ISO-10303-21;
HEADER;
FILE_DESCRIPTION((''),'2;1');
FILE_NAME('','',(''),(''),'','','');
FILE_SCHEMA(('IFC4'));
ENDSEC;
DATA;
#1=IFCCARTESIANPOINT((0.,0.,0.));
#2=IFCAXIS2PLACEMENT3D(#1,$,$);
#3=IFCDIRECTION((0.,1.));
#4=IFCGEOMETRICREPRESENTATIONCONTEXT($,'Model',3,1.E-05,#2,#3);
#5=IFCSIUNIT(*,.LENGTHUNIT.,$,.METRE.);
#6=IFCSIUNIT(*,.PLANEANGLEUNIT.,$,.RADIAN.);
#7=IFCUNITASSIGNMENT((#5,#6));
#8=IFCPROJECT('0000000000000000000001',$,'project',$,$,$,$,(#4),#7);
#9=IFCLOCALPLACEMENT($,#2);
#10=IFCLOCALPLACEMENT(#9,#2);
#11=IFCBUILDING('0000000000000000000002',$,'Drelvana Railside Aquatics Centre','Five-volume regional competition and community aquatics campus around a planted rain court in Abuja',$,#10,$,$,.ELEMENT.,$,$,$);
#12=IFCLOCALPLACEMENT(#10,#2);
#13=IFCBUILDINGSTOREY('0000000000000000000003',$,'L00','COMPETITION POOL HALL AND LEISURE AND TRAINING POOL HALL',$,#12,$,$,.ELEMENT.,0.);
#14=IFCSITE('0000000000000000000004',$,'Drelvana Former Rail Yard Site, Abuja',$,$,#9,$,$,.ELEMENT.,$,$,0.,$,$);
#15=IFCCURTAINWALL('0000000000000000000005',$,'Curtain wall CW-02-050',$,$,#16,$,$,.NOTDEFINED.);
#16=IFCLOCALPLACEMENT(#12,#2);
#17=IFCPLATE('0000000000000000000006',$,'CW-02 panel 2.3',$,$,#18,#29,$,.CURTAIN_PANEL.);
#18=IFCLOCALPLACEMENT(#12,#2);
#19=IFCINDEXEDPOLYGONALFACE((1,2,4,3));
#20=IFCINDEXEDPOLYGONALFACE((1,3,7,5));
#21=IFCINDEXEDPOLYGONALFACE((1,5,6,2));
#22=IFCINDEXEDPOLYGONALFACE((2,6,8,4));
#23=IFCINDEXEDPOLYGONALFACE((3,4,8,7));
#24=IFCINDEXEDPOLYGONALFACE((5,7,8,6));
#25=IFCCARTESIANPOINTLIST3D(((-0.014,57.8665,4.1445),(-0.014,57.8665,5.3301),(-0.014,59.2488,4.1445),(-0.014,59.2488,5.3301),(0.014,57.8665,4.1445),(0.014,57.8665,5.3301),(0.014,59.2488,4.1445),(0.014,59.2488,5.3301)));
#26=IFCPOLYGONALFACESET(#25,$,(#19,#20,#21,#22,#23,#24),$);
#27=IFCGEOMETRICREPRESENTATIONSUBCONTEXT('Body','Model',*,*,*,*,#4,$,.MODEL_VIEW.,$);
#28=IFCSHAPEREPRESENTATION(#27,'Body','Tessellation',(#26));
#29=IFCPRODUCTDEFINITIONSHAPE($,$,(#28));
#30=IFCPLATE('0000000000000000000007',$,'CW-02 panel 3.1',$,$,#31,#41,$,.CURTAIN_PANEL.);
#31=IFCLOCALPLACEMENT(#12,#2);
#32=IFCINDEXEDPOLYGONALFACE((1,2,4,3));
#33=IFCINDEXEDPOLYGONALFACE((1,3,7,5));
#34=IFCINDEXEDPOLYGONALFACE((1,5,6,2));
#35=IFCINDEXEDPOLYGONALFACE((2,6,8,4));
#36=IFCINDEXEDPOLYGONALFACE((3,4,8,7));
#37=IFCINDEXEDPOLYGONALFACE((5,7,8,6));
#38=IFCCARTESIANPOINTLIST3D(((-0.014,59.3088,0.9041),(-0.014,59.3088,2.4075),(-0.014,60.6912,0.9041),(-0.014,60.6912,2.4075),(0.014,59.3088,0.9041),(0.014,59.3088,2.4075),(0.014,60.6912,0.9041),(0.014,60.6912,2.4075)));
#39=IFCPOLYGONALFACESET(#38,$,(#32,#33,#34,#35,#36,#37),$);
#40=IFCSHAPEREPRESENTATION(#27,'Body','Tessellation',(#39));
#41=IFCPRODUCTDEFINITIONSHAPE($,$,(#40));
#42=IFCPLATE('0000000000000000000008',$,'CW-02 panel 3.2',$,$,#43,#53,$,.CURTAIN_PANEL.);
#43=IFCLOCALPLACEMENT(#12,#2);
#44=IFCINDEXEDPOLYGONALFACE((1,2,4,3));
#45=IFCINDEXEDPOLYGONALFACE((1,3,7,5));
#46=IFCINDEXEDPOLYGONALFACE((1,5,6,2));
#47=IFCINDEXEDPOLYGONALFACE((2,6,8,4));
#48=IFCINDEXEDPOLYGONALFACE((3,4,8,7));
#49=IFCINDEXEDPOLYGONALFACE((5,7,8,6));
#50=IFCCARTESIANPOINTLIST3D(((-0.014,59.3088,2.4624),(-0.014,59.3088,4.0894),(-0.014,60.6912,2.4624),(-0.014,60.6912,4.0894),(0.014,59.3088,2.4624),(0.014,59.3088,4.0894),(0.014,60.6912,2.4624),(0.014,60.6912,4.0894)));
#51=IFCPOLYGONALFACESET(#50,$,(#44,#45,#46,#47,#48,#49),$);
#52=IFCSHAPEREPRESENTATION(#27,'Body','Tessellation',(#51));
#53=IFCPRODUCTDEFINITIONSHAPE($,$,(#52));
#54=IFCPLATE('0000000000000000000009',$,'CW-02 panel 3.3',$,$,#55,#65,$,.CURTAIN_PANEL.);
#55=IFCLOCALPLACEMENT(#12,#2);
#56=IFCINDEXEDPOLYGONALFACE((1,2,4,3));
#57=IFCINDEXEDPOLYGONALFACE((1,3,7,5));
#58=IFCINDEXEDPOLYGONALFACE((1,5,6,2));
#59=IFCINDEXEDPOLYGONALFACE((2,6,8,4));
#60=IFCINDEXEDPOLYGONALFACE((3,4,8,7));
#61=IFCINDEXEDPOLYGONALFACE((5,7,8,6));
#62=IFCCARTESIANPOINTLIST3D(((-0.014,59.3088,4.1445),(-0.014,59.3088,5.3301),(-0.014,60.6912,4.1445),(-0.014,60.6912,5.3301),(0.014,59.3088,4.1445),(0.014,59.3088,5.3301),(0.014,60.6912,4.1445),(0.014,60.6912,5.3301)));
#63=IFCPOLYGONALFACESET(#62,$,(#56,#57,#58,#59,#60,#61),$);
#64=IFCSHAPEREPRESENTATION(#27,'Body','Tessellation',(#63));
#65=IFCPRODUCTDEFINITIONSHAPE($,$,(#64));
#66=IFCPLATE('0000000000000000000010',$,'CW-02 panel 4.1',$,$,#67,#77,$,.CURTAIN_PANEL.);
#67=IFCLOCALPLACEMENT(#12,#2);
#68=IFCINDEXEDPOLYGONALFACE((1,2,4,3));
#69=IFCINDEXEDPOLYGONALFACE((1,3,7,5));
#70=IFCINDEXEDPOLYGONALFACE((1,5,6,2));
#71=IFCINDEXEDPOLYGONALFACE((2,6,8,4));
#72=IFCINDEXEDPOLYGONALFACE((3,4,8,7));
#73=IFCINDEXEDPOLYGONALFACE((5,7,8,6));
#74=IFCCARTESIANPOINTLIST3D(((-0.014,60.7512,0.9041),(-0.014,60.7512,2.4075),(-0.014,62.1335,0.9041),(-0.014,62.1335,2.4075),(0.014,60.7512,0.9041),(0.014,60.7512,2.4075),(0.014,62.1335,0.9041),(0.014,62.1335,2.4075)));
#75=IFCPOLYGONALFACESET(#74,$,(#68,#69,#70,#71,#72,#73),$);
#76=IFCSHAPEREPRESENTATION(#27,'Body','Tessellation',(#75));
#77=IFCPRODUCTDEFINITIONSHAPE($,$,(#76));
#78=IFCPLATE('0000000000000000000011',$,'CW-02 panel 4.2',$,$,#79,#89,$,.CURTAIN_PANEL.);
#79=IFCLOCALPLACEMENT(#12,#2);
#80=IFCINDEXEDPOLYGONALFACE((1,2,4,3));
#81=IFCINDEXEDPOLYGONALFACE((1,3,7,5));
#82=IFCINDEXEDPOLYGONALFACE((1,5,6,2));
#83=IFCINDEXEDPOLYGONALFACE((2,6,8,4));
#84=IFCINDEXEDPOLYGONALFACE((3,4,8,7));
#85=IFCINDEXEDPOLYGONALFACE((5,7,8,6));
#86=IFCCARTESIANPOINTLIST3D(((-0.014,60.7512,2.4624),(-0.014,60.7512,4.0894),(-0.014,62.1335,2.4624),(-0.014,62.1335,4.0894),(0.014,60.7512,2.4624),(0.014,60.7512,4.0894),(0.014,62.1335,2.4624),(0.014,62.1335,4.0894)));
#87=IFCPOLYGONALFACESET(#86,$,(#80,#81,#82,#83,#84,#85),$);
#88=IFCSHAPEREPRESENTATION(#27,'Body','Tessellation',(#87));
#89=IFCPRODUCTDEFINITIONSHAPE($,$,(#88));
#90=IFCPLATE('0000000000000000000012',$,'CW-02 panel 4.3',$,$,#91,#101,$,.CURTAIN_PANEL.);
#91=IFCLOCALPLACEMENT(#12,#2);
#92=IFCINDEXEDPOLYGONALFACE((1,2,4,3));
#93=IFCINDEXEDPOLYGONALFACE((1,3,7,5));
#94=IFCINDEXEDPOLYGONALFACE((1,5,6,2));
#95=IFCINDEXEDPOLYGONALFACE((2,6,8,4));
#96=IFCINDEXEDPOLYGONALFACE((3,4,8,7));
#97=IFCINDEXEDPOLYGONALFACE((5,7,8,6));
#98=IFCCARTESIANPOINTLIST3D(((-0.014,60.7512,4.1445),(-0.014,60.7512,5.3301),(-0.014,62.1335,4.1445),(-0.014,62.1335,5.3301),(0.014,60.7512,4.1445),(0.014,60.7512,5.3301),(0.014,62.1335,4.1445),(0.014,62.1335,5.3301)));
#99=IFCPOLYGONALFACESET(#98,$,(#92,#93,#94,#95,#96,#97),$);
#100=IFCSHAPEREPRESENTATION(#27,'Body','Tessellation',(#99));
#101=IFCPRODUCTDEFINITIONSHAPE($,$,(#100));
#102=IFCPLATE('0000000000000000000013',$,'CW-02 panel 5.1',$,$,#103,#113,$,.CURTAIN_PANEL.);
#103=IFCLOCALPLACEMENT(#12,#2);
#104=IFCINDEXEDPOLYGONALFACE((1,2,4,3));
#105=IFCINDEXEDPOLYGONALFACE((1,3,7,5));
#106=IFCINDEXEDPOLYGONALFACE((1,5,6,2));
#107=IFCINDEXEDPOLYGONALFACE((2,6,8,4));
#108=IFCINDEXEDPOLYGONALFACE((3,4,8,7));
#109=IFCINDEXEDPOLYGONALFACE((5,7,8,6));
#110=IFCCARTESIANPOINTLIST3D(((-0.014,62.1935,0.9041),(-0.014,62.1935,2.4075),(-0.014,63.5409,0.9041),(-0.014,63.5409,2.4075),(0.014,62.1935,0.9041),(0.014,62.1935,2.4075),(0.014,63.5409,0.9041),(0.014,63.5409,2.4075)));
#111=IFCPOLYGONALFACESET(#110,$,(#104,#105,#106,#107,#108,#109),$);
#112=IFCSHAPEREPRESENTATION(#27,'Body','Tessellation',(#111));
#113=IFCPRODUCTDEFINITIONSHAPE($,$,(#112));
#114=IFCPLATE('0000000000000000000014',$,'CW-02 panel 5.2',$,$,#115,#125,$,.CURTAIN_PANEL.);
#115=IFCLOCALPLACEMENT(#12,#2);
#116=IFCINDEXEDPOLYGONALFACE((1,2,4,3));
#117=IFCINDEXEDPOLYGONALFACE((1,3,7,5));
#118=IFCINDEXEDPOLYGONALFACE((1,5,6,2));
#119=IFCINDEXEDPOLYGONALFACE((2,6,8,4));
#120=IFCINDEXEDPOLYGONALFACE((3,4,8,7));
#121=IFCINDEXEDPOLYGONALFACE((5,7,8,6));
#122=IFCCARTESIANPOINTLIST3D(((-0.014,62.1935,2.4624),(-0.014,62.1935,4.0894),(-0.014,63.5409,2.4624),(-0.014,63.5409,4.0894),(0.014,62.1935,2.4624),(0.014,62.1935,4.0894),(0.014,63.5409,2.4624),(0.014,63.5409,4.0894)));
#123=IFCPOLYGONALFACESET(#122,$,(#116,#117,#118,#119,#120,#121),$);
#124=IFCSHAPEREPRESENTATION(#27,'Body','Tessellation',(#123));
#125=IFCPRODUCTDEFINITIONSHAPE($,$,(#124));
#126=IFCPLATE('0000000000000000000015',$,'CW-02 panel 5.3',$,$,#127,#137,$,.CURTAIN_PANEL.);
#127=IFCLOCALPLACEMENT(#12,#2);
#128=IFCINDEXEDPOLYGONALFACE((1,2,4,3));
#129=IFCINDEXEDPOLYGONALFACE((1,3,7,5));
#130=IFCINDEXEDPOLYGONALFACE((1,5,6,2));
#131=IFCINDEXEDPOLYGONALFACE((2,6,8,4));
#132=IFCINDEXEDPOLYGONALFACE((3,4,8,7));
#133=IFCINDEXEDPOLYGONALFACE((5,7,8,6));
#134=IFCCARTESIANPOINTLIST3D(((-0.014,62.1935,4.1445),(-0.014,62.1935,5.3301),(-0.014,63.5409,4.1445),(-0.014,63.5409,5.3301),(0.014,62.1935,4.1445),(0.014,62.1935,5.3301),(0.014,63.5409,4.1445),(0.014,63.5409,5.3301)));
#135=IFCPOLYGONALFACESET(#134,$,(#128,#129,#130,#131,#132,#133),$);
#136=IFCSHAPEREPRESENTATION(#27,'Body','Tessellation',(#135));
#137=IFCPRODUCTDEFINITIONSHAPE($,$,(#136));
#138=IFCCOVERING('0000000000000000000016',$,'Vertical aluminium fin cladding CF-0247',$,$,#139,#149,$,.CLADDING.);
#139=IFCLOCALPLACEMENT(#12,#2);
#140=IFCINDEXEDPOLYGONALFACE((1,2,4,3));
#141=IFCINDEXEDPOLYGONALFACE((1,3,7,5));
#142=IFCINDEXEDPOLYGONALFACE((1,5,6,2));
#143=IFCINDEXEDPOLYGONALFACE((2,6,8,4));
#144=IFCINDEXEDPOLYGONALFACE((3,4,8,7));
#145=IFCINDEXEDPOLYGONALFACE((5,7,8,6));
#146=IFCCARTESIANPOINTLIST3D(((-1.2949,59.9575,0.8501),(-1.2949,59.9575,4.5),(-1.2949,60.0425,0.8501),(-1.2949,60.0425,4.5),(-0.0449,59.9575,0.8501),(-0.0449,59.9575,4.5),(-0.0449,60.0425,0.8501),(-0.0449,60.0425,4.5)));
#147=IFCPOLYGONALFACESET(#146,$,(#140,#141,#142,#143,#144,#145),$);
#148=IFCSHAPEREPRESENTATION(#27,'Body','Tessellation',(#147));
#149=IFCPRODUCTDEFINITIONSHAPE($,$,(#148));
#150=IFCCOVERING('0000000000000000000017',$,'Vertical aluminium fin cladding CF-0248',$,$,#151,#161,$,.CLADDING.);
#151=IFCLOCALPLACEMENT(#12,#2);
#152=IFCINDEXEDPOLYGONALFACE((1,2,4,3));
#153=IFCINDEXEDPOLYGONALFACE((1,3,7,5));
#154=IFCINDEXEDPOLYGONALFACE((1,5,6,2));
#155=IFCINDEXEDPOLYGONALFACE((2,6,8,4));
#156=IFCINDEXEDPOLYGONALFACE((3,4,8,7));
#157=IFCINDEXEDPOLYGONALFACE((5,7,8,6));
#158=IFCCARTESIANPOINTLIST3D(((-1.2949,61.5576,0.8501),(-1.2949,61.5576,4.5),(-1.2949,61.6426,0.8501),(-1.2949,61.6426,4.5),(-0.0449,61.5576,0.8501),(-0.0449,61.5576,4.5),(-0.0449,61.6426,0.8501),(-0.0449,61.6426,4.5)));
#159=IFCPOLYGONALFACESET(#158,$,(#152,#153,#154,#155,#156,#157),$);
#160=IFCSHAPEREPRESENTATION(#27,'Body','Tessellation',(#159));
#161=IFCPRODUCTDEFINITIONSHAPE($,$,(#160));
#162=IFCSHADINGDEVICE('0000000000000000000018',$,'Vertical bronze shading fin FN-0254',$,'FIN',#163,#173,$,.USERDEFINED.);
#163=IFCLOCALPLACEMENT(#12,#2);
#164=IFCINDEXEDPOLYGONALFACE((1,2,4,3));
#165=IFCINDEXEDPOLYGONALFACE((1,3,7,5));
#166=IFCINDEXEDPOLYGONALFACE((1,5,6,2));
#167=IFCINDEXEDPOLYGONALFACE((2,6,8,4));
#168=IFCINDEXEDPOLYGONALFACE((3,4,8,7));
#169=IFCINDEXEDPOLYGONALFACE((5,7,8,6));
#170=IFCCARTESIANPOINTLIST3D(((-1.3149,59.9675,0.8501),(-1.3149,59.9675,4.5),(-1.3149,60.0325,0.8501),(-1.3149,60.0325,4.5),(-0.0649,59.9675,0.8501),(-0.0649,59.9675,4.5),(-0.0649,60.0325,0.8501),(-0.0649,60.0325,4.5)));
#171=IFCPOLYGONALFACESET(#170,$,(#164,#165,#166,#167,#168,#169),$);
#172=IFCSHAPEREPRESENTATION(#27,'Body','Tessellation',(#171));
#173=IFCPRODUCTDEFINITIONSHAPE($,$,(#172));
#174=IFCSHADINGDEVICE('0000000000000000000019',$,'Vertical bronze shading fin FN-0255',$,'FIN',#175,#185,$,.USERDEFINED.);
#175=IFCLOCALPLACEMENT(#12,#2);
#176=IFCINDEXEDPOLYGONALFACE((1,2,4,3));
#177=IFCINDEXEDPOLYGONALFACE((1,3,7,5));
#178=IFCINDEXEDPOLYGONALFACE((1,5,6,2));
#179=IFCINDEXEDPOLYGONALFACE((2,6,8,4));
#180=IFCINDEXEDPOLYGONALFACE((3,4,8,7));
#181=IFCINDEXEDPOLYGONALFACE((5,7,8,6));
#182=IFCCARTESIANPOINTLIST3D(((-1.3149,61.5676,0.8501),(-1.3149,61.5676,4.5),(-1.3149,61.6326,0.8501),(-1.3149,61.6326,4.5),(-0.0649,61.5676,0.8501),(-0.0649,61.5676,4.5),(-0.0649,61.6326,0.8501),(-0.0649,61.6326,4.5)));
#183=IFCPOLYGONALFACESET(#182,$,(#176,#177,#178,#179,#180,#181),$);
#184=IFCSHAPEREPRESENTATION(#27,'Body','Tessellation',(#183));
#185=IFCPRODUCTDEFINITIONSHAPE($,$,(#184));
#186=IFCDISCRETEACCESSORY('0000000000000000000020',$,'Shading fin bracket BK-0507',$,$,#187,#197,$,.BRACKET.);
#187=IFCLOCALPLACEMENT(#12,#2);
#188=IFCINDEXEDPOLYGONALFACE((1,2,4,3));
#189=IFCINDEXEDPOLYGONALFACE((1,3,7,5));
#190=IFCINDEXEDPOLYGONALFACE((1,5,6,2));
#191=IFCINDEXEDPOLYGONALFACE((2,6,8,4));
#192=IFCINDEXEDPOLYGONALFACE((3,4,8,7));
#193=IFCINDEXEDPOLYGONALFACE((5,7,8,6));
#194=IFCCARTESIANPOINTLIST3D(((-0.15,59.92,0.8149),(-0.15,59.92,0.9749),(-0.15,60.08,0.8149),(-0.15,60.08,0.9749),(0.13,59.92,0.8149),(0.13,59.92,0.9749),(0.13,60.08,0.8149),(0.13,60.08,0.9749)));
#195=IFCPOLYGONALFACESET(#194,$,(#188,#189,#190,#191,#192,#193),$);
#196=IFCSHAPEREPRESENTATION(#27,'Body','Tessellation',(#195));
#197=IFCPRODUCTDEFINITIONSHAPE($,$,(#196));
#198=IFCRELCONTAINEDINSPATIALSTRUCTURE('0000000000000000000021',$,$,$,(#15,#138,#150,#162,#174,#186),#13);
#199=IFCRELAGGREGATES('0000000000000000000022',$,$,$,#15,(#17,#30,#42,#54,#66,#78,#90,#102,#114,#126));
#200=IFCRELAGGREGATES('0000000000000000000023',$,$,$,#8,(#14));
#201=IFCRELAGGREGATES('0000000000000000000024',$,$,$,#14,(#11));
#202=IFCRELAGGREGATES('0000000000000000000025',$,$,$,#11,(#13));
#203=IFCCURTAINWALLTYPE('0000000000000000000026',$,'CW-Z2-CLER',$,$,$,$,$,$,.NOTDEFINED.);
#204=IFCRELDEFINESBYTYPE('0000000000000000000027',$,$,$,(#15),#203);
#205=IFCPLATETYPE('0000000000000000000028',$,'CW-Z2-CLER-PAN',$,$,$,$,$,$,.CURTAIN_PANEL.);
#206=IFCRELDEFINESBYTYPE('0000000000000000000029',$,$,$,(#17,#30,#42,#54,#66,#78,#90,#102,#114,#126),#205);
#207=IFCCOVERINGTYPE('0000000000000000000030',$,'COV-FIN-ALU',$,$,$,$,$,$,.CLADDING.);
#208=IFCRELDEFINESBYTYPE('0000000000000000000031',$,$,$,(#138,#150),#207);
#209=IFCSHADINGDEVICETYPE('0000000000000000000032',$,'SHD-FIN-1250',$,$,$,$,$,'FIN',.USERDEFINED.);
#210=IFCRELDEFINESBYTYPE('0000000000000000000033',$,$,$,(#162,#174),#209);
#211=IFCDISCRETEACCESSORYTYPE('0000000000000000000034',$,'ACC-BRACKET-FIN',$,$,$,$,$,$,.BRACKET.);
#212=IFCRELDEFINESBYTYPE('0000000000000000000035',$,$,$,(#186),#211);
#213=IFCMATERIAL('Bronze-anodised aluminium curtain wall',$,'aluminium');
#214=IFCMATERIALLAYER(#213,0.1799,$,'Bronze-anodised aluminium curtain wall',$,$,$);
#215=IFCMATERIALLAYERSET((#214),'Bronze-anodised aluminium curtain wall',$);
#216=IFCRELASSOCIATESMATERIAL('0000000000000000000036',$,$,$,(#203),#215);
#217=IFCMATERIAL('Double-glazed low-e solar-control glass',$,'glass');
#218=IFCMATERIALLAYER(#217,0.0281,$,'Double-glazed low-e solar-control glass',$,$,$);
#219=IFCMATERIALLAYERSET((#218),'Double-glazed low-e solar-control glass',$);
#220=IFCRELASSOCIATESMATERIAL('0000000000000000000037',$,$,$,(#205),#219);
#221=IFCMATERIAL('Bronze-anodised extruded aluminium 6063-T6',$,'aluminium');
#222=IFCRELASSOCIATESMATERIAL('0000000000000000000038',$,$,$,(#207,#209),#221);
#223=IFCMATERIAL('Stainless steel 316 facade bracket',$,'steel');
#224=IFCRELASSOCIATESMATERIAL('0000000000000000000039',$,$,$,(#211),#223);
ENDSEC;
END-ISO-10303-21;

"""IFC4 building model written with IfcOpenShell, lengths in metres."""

from ifc_helpers import new_model, si_unit, direction, frame, origin, origin_2d, place, context, subcontext, project, spatial, rectangle, extrude, material, layer, layer_set, type_object, element, aggregate, save


model = new_model("IFC4")

# Units and contexts
model_context = context("Model", 3, precision=1e-05, world=origin(), true_north=direction((0.0, 1.0)))
body_context = subcontext(model_context, "Body", "Model", "MODEL_VIEW")
ifc_project = project(units=[si_unit("LENGTHUNIT", "METRE"), si_unit("PLANEANGLEUNIT", "RADIAN")], contexts=[model_context])

# Site, building, storey
site_placement = place(None, origin())
site = spatial("IfcSite", under=ifc_project, at=site_placement, Name="Drelvana Former Rail Yard Site, Abuja", CompositionType="ELEMENT", RefElevation=0.0)
building_placement = place(site_placement, origin())
building = spatial("IfcBuilding", under=site, at=building_placement, Name="Drelvana Railside Aquatics Centre", Description="Five-volume regional competition and community aquatics campus around a planted rain court in Abuja", CompositionType="ELEMENT")
storey_placement = place(building_placement, origin())
storey = spatial("IfcBuildingStorey", under=building, at=storey_placement, Name="L00", Description="COMPETITION POOL HALL AND LEISURE AND TRAINING POOL HALL", CompositionType="ELEMENT", Elevation=0.0)

# Curtain wall, plates
ifc_material_1 = material(Name="Bronze-anodised aluminium curtain wall", Category="aluminium")
ifc_layer_1 = layer(ifc_material_1, 0.1799, Name="Bronze-anodised aluminium curtain wall")
ifc_layer_set_1 = layer_set([ifc_layer_1], Name="Bronze-anodised aluminium curtain wall")
curtain_wall_type = type_object("IfcCurtainWallType", Name="CW-Z2-CLER", PredefinedType="NOTDEFINED", material=ifc_layer_set_1)
curtain_wall_placement = place(storey_placement, origin())
curtain_wall = element("IfcCurtainWall", 1, at=curtain_wall_placement, inside=storey, type_object=curtain_wall_type, Name="Curtain wall CW-02-050", PredefinedType="NOTDEFINED")
ifc_material_2 = material(Name="Double-glazed low-e solar-control glass", Category="glass")
ifc_layer_2 = layer(ifc_material_2, 0.0281, Name="Double-glazed low-e solar-control glass")
ifc_layer_set_2 = layer_set([ifc_layer_2], Name="Double-glazed low-e solar-control glass")
plate_type = type_object("IfcPlateType", Name="CW-Z2-CLER-PAN", PredefinedType="CURTAIN_PANEL", material=ifc_layer_set_2)
plate_1_placement = place(storey_placement, frame((0.0, 58.5576, 4.1445), z_axis=(0.0, 0.0, 1.0), x_axis=(0.0, 1.0, 0.0)))
plate_1 = element("IfcPlate", 2, at=plate_1_placement, type_object=plate_type, Name="CW-02 panel 2.3", PredefinedType="CURTAIN_PANEL", context=body_context, shape_type="SweptSolid", body=[
    extrude(rectangle(XDim=1.3823, YDim=0.0281, at=origin_2d()), origin(), (0.0, 0.0, 1.0), 1.1855),
])
plate_2_placement = place(storey_placement, frame((0.0, 60.0, 0.9041), z_axis=(0.0, 0.0, 1.0), x_axis=(0.0, 1.0, 0.0)))
plate_2 = element("IfcPlate", 3, at=plate_2_placement, type_object=plate_type, Name="CW-02 panel 3.1", PredefinedType="CURTAIN_PANEL", context=body_context, shape_type="SweptSolid", body=[
    extrude(rectangle(XDim=1.3823, YDim=0.0281, at=origin_2d()), origin(), (0.0, 0.0, 1.0), 1.5034),
])
plate_3_placement = place(storey_placement, frame((0.0, 60.0, 2.4624), z_axis=(0.0, 0.0, 1.0), x_axis=(0.0, 1.0, 0.0)))
plate_3 = element("IfcPlate", 4, at=plate_3_placement, type_object=plate_type, Name="CW-02 panel 3.2", PredefinedType="CURTAIN_PANEL", context=body_context, shape_type="SweptSolid", body=[
    extrude(rectangle(XDim=1.3823, YDim=0.0281, at=origin_2d()), origin(), (0.0, 0.0, 1.0), 1.627),
])
plate_4_placement = place(storey_placement, frame((0.0, 60.0, 4.1445), z_axis=(0.0, 0.0, 1.0), x_axis=(0.0, 1.0, 0.0)))
plate_4 = element("IfcPlate", 5, at=plate_4_placement, type_object=plate_type, Name="CW-02 panel 3.3", PredefinedType="CURTAIN_PANEL", context=body_context, shape_type="SweptSolid", body=[
    extrude(rectangle(XDim=1.3823, YDim=0.0281, at=origin_2d()), origin(), (0.0, 0.0, 1.0), 1.1855),
])
plate_5_placement = place(storey_placement, frame((0.0, 61.4424, 0.9041), z_axis=(0.0, 0.0, 1.0), x_axis=(0.0, 1.0, 0.0)))
plate_5 = element("IfcPlate", 6, at=plate_5_placement, type_object=plate_type, Name="CW-02 panel 4.1", PredefinedType="CURTAIN_PANEL", context=body_context, shape_type="SweptSolid", body=[
    extrude(rectangle(XDim=1.3823, YDim=0.0281, at=origin_2d()), origin(), (0.0, 0.0, 1.0), 1.5034),
])
plate_6_placement = place(storey_placement, frame((0.0, 61.4424, 2.4624), z_axis=(0.0, 0.0, 1.0), x_axis=(0.0, 1.0, 0.0)))
plate_6 = element("IfcPlate", 7, at=plate_6_placement, type_object=plate_type, Name="CW-02 panel 4.2", PredefinedType="CURTAIN_PANEL", context=body_context, shape_type="SweptSolid", body=[
    extrude(rectangle(XDim=1.3823, YDim=0.0281, at=origin_2d()), origin(), (0.0, 0.0, 1.0), 1.627),
])
plate_7_placement = place(storey_placement, frame((0.0, 61.4424, 4.1445), z_axis=(0.0, 0.0, 1.0), x_axis=(0.0, 1.0, 0.0)))
plate_7 = element("IfcPlate", 8, at=plate_7_placement, type_object=plate_type, Name="CW-02 panel 4.3", PredefinedType="CURTAIN_PANEL", context=body_context, shape_type="SweptSolid", body=[
    extrude(rectangle(XDim=1.3823, YDim=0.0281, at=origin_2d()), origin(), (0.0, 0.0, 1.0), 1.1855),
])
plate_8_placement = place(storey_placement, frame((0.0, 62.8672, 0.9041), z_axis=(0.0, 0.0, 1.0), x_axis=(0.0, 1.0, 0.0)))
plate_8 = element("IfcPlate", 9, at=plate_8_placement, type_object=plate_type, Name="CW-02 panel 5.1", PredefinedType="CURTAIN_PANEL", context=body_context, shape_type="SweptSolid", body=[
    extrude(rectangle(XDim=1.3474, YDim=0.0281, at=origin_2d()), origin(), (0.0, 0.0, 1.0), 1.5034),
])
plate_9_placement = place(storey_placement, frame((0.0, 62.8672, 2.4624), z_axis=(0.0, 0.0, 1.0), x_axis=(0.0, 1.0, 0.0)))
plate_9 = element("IfcPlate", 10, at=plate_9_placement, type_object=plate_type, Name="CW-02 panel 5.2", PredefinedType="CURTAIN_PANEL", context=body_context, shape_type="SweptSolid", body=[
    extrude(rectangle(XDim=1.3474, YDim=0.0281, at=origin_2d()), origin(), (0.0, 0.0, 1.0), 1.627),
])
plate_10_placement = place(storey_placement, frame((0.0, 62.8672, 4.1445), z_axis=(0.0, 0.0, 1.0), x_axis=(0.0, 1.0, 0.0)))
plate_10 = element("IfcPlate", 11, at=plate_10_placement, type_object=plate_type, Name="CW-02 panel 5.3", PredefinedType="CURTAIN_PANEL", context=body_context, shape_type="SweptSolid", body=[
    extrude(rectangle(XDim=1.3474, YDim=0.0281, at=origin_2d()), origin(), (0.0, 0.0, 1.0), 1.1855),
])
aggregate(curtain_wall, [plate_1, plate_2, plate_3, plate_4, plate_5, plate_6, plate_7, plate_8, plate_9, plate_10])

# Coverings
ifc_material_3 = material(Name="Bronze-anodised extruded aluminium 6063-T6", Category="aluminium")
covering_type = type_object("IfcCoveringType", Name="COV-FIN-ALU", PredefinedType="CLADDING", material=ifc_material_3)
for number, where, z_axis, x_axis, name in (
    (12, (-0.6699, 60.0, 0.8501), (0.0, 0.0, 1.0), (0.0, 1.0, 0.0), "Vertical aluminium fin cladding CF-0247"),
    (13, (-0.6699, 61.6001, 0.8501), (0.0, 0.0, 1.0), (0.0, 1.0, 0.0), "Vertical aluminium fin cladding CF-0248"),
):
    element("IfcCovering", number, at=place(storey_placement, frame(where, z_axis=z_axis, x_axis=x_axis)), inside=storey, type_object=covering_type, Name=name, PredefinedType="CLADDING", context=body_context, shape_type="SweptSolid", body=[
        extrude(rectangle(XDim=0.085, YDim=1.25, at=origin_2d()), origin(), (0.0, 0.0, 1.0), 3.6499),
    ])

# Shading devices
shading_device_type = type_object("IfcShadingDeviceType", Name="SHD-FIN-1250", ElementType="FIN", PredefinedType="USERDEFINED", material=ifc_material_3)
for number, where, z_axis, x_axis, name in (
    (14, (-0.6899, 60.0, 0.8501), (0.0, 0.0, 1.0), (-1.0, 0.0, 0.0), "Vertical bronze shading fin FN-0254"),
    (15, (-0.6899, 61.6001, 0.8501), (0.0, 0.0, 1.0), (-1.0, 0.0, 0.0), "Vertical bronze shading fin FN-0255"),
):
    element("IfcShadingDevice", number, at=place(storey_placement, frame(where, z_axis=z_axis, x_axis=x_axis)), inside=storey, type_object=shading_device_type, Name=name, ObjectType="FIN", PredefinedType="USERDEFINED", context=body_context, shape_type="SweptSolid", body=[
        extrude(rectangle(XDim=1.25, YDim=0.0649, at=origin_2d()), origin(), (0.0, 0.0, 1.0), 3.6499),
    ])

# Discrete accessory
ifc_material_4 = material(Name="Stainless steel 316 facade bracket", Category="steel")
discrete_accessory_type = type_object("IfcDiscreteAccessoryType", Name="ACC-BRACKET-FIN", PredefinedType="BRACKET", material=ifc_material_4)
for number, where, z_axis, x_axis, name in (
    (16, (-0.01, 60.0, 0.8149), (0.0, 0.0, 1.0), (-1.0, 0.0, 0.0), "Shading fin bracket BK-0507"),
):
    element("IfcDiscreteAccessory", number, at=place(storey_placement, frame(where, z_axis=z_axis, x_axis=x_axis)), inside=storey, type_object=discrete_accessory_type, Name=name, PredefinedType="BRACKET", context=body_context, shape_type="SweptSolid", body=[
        extrude(rectangle(XDim=0.28, YDim=0.1599, at=origin_2d()), origin(), (0.0, 0.0, 1.0), 0.1599),
    ])

save(model, "model.ifc")
